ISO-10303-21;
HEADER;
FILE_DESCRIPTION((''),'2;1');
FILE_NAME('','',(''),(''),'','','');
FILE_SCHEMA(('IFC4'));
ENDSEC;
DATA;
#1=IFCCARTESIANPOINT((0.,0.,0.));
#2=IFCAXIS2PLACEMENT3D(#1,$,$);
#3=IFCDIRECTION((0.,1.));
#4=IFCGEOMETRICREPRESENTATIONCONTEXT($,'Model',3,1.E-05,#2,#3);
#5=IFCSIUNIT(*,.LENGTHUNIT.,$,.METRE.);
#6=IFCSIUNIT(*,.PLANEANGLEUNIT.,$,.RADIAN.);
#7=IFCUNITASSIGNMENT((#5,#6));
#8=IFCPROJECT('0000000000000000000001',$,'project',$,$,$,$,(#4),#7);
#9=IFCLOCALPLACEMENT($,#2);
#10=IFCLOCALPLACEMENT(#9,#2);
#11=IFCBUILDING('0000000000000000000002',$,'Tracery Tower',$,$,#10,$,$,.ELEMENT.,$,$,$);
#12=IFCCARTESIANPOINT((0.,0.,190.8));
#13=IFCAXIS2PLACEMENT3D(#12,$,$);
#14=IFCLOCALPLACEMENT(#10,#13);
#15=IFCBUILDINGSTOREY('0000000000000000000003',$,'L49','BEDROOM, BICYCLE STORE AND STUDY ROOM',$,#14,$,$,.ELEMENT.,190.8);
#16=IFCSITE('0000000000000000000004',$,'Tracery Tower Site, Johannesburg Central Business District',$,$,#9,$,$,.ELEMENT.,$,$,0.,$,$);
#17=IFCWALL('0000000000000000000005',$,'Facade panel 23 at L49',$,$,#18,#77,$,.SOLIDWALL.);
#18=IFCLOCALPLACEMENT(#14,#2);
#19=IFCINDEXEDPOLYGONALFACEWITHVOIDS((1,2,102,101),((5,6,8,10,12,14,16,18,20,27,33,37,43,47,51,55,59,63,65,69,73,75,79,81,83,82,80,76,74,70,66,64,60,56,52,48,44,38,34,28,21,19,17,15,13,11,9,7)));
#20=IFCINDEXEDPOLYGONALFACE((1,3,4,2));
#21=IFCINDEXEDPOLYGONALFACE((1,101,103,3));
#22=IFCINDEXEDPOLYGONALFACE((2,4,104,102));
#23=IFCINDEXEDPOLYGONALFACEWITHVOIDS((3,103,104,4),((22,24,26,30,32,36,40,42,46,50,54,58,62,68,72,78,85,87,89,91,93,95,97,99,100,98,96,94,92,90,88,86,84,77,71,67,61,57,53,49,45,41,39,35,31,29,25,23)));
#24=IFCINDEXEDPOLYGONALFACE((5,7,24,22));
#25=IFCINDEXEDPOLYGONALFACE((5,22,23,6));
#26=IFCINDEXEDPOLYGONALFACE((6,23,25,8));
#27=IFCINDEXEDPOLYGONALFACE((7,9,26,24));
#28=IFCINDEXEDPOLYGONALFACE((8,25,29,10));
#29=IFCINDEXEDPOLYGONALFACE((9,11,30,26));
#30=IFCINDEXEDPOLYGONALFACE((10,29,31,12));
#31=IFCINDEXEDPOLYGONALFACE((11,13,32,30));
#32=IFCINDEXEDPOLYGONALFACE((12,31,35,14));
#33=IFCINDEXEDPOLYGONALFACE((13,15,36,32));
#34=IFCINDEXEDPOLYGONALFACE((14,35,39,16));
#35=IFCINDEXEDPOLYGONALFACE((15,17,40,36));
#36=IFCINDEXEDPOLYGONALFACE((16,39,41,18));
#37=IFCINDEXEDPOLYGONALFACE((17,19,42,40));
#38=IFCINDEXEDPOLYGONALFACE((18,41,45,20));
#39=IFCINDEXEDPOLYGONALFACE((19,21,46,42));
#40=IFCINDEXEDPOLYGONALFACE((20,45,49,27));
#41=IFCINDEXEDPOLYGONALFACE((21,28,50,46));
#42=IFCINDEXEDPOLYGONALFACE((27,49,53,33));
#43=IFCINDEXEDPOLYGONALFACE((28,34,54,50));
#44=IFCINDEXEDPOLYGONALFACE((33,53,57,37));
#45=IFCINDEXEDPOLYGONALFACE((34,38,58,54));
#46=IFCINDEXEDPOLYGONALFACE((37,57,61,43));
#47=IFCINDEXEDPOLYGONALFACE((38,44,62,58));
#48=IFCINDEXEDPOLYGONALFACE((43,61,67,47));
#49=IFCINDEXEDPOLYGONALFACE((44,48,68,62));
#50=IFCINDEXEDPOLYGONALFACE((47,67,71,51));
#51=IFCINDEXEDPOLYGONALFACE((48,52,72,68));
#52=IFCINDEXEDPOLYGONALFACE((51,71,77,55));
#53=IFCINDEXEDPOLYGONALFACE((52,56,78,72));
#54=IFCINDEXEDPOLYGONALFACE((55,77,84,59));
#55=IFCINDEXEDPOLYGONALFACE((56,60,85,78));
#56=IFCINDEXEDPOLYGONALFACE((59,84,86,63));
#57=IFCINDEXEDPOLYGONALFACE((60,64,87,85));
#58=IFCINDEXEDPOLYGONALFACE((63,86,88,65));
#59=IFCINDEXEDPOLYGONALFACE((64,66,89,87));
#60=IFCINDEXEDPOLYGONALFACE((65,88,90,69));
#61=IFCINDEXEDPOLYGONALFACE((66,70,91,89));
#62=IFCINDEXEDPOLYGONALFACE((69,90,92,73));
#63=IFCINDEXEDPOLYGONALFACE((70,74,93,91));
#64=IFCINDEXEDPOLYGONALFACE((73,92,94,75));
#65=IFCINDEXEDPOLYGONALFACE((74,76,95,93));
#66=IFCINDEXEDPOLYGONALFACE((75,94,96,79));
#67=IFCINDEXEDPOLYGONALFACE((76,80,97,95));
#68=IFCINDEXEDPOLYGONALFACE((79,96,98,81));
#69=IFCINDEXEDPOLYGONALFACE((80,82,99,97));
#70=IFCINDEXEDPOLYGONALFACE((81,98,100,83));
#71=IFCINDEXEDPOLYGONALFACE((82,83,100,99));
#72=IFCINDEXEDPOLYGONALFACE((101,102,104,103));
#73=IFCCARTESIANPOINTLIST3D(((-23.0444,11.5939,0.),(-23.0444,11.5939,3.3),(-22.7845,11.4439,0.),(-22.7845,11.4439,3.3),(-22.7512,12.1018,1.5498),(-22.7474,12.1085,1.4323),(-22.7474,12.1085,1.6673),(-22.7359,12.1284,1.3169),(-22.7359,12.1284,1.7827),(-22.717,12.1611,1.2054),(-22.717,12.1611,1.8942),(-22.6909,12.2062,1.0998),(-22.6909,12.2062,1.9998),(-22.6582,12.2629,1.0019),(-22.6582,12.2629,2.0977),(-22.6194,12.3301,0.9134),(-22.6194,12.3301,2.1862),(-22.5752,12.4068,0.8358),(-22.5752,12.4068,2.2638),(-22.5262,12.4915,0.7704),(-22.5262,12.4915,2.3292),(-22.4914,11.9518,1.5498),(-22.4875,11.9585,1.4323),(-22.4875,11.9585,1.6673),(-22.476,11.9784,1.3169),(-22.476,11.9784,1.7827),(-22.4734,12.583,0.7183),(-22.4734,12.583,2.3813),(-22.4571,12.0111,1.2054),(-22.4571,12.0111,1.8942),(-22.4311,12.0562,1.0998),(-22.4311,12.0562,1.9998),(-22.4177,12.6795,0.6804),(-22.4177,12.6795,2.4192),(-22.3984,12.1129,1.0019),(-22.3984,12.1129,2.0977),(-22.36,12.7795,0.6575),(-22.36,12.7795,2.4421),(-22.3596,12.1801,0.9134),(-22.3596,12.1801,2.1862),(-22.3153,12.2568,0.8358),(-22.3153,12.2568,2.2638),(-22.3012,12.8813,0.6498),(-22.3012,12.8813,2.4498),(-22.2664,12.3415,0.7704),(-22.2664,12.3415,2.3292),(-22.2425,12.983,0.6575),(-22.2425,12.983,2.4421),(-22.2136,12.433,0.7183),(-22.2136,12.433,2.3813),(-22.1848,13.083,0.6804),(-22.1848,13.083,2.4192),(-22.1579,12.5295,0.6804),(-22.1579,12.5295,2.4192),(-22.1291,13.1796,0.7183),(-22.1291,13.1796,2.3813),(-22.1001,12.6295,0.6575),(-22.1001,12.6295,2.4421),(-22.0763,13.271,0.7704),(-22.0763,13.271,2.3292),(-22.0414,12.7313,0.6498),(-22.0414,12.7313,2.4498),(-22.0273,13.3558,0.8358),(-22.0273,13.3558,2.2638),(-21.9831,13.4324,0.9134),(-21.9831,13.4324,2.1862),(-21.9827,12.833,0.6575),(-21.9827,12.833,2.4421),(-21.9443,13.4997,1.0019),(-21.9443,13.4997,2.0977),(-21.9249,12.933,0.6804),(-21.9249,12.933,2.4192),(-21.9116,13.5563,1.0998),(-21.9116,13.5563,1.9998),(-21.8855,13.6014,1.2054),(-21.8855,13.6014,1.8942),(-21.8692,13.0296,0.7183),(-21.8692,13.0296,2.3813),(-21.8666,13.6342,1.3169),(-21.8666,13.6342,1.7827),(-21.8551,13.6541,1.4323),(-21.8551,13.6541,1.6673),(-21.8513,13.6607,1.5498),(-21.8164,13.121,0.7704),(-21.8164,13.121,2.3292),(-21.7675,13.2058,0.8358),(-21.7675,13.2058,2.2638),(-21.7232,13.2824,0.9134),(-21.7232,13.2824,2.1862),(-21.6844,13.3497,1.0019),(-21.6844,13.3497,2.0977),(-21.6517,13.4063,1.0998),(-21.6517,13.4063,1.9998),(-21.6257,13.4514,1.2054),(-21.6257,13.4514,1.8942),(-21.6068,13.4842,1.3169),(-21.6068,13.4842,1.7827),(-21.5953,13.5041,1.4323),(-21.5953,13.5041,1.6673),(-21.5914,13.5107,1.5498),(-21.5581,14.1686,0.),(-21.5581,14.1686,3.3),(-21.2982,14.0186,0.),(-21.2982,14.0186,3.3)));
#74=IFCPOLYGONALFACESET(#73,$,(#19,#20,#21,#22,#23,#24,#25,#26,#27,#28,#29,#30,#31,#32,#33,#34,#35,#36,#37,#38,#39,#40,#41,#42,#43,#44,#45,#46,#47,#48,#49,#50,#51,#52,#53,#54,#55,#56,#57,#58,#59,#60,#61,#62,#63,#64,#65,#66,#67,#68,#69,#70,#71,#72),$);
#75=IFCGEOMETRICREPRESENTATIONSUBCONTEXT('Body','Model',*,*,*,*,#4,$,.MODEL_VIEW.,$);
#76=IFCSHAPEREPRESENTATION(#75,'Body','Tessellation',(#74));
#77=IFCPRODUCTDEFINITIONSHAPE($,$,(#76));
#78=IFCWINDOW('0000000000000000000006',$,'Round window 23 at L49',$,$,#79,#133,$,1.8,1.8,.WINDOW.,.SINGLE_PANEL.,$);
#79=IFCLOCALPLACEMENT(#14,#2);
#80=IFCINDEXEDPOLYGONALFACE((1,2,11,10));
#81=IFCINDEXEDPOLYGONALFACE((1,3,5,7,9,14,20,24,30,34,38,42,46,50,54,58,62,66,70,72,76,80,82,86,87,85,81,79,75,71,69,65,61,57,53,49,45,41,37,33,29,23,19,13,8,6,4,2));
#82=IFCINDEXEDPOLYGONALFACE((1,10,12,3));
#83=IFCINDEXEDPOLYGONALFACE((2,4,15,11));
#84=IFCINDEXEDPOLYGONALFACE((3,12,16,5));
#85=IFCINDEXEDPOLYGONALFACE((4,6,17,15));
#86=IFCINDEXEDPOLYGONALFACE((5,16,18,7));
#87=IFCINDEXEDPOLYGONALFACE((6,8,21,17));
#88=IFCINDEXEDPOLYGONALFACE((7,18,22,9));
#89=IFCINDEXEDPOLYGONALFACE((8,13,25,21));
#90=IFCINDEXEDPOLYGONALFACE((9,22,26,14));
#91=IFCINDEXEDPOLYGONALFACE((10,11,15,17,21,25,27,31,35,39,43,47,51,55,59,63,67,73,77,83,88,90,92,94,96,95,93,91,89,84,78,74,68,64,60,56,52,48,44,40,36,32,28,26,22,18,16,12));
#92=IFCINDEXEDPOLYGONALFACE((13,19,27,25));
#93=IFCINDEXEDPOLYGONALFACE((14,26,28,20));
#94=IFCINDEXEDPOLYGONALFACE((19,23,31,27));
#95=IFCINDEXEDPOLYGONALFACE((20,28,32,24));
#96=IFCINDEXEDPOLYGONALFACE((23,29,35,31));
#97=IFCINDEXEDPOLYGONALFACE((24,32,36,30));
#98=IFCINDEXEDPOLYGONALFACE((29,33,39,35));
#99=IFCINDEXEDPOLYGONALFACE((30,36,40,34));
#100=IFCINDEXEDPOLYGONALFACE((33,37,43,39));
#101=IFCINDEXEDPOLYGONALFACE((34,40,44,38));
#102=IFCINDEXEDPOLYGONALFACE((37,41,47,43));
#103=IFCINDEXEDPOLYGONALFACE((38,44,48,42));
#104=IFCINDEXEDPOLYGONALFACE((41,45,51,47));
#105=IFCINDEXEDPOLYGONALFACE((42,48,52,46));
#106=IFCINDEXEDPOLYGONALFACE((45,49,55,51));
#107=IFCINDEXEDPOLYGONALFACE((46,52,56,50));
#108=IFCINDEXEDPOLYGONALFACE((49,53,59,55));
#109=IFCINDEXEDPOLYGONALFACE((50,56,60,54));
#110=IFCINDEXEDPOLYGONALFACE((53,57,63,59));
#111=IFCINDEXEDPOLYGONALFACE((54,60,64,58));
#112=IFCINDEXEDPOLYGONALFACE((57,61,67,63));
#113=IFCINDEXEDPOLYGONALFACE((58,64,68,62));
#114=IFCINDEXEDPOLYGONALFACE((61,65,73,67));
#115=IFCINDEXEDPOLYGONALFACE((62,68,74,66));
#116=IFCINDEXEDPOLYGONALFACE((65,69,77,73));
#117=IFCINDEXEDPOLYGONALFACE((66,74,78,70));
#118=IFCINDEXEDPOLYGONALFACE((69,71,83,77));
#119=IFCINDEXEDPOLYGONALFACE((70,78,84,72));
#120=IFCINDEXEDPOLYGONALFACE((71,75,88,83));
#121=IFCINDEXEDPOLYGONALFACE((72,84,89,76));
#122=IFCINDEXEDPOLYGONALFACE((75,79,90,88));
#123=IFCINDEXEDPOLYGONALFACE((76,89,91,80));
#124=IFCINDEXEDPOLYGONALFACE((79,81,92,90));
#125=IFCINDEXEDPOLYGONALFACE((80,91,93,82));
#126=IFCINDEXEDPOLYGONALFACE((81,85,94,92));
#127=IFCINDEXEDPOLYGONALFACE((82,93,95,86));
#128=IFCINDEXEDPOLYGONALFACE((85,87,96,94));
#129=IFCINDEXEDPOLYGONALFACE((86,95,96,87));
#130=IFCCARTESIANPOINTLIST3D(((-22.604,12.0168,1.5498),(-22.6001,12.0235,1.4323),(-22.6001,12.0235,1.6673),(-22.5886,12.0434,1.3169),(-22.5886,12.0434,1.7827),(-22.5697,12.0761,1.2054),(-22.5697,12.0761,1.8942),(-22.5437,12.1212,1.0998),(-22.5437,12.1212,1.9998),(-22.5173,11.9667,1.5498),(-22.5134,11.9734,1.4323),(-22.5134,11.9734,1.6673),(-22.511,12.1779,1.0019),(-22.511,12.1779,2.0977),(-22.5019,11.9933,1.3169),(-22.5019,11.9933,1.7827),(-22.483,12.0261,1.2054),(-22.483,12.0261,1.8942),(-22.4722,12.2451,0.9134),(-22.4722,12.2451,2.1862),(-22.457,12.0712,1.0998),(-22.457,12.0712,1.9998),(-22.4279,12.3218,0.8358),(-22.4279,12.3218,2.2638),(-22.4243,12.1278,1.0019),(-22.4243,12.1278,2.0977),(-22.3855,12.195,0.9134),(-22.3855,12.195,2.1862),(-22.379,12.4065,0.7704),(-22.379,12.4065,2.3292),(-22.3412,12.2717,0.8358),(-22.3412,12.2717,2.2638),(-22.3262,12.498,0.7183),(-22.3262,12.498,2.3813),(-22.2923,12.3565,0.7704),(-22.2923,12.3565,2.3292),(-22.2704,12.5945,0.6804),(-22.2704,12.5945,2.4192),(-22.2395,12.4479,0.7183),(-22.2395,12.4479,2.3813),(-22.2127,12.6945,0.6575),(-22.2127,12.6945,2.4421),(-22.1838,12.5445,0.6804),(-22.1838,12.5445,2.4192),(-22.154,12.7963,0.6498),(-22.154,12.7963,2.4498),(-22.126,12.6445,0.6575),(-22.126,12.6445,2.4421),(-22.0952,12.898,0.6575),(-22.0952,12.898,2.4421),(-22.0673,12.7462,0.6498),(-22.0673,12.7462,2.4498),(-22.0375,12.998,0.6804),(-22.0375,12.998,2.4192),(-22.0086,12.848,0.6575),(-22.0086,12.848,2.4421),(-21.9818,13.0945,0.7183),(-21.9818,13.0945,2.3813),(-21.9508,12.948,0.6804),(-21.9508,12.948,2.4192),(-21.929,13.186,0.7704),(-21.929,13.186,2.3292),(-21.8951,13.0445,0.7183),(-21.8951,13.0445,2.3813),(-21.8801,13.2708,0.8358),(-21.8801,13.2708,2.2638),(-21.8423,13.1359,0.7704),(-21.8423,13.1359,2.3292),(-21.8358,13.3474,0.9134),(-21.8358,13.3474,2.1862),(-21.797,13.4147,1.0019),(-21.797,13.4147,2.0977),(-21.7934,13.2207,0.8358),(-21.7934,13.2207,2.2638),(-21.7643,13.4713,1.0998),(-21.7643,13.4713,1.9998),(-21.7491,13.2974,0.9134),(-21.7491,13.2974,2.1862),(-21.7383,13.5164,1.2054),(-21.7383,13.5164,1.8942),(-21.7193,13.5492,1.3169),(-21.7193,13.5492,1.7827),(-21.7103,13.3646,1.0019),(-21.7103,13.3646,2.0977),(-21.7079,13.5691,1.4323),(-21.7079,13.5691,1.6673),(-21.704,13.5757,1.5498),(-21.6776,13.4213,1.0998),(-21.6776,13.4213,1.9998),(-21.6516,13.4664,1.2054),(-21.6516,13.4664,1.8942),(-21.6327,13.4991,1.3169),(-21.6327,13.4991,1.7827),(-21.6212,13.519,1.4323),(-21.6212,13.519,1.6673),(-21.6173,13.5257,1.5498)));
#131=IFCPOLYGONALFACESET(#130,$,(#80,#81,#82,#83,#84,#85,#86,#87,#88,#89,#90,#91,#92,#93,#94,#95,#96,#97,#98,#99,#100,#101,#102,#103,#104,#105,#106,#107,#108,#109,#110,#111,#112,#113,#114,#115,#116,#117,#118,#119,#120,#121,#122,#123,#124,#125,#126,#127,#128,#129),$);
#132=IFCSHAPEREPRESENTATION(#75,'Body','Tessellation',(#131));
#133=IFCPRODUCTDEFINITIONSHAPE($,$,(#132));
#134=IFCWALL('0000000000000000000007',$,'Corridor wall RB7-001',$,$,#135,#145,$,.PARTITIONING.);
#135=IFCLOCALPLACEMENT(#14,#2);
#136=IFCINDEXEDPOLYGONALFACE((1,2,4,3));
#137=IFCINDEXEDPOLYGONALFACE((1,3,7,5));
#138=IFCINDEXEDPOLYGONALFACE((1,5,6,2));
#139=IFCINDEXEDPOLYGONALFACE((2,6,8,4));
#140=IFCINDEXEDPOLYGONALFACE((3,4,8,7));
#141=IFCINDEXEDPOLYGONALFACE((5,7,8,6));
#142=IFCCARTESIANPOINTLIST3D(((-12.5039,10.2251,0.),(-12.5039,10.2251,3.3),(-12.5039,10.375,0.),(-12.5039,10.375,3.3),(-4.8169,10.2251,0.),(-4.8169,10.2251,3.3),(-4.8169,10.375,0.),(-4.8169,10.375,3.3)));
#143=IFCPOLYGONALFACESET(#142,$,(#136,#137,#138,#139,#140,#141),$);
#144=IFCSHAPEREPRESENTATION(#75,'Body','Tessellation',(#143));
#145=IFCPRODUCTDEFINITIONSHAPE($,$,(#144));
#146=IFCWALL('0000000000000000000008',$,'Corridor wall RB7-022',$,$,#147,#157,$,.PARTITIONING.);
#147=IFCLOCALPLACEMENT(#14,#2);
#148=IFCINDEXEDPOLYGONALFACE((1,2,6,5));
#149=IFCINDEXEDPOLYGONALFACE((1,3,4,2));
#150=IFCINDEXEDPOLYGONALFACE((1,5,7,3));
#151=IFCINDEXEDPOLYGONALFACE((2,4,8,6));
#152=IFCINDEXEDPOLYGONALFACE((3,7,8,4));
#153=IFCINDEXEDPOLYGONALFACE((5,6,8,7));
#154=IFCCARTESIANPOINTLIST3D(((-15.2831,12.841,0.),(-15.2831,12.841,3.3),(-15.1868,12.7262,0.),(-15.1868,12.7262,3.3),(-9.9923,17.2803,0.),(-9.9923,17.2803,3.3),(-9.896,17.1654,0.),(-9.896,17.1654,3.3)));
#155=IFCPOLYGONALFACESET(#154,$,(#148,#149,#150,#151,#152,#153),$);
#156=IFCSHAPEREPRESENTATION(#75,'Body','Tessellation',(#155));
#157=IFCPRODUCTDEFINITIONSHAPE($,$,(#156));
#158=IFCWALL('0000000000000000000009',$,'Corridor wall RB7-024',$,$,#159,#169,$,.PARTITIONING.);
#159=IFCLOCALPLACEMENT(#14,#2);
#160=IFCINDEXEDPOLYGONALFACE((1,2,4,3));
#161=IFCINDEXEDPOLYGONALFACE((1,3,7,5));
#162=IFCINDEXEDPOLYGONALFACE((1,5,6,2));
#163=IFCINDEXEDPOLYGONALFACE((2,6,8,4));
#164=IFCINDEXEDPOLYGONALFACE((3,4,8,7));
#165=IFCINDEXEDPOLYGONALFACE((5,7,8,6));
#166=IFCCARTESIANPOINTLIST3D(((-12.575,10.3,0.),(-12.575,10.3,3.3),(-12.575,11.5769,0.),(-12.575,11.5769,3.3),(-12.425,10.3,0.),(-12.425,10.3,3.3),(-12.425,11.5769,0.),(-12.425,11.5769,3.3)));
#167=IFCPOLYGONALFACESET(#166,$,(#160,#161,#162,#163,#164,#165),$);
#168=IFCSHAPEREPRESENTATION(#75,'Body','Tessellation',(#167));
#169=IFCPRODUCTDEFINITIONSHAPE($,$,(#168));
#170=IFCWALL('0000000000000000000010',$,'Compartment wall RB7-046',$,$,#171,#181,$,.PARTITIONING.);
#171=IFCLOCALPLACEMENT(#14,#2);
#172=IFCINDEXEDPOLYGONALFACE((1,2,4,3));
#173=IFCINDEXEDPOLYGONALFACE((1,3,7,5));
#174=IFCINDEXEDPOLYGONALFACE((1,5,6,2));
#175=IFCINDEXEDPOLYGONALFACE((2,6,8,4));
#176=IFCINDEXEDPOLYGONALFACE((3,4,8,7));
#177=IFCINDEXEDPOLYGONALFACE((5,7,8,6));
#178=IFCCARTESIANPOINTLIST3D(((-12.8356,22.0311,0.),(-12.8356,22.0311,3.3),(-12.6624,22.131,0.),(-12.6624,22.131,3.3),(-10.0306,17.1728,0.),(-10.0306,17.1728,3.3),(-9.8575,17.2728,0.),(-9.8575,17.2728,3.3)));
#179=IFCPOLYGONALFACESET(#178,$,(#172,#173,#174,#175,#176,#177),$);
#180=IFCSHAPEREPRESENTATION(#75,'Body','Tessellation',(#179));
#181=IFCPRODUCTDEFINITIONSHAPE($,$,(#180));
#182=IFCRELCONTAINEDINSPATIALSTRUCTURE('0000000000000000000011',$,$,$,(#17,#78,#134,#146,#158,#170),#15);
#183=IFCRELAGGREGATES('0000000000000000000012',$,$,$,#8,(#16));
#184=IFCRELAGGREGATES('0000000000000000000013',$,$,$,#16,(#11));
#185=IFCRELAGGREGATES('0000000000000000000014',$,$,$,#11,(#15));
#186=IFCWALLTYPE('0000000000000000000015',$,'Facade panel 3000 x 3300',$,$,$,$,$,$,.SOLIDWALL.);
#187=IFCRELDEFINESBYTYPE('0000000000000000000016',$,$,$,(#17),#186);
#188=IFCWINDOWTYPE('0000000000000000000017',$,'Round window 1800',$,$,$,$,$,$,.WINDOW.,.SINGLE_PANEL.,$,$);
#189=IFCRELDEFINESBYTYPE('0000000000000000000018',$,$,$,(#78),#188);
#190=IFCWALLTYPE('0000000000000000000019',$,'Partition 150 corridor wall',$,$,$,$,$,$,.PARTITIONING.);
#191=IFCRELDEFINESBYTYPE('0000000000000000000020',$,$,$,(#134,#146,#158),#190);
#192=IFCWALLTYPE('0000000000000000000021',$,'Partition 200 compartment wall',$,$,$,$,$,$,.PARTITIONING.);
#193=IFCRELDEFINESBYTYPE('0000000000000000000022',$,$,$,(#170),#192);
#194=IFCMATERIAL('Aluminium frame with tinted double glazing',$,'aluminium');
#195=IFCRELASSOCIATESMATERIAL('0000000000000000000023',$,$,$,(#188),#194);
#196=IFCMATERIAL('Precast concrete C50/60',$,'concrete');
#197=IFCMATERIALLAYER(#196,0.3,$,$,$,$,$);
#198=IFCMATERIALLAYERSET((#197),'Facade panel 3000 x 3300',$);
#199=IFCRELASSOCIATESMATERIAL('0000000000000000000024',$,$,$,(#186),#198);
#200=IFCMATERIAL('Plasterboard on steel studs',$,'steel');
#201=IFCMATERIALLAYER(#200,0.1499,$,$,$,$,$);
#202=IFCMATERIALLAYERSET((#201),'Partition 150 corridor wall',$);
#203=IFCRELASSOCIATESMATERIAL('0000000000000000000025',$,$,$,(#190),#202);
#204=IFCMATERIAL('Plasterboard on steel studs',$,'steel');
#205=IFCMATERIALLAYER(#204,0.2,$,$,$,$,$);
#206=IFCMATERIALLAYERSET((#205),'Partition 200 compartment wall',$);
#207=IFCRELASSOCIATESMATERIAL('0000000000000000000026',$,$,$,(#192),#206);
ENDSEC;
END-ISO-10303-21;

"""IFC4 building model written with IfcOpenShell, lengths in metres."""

from ifc_helpers import new_model, si_unit, direction, frame, frame_2d, origin, origin_2d, place, context, subcontext, project, spatial, rectangle, circle, extrude, material, layer, layer_set, type_object, element, fill, save


model = new_model("IFC4")

# Units and contexts
model_context = context("Model", 3, precision=1e-05, world=origin(), true_north=direction((0.0, 1.0)))
body_context = subcontext(model_context, "Body", "Model", "MODEL_VIEW")
ifc_project = project(units=[si_unit("LENGTHUNIT", "METRE"), si_unit("PLANEANGLEUNIT", "RADIAN")], contexts=[model_context])

# Site, building, storey
site_placement = place(None, origin())
site = spatial("IfcSite", under=ifc_project, at=site_placement, Name="Tracery Tower Site, Johannesburg Central Business District", CompositionType="ELEMENT", RefElevation=0.0)
building_placement = place(site_placement, origin())
building = spatial("IfcBuilding", under=site, at=building_placement, Name="Tracery Tower", CompositionType="ELEMENT")
storey_placement = place(building_placement, frame((0.0, 0.0, 190.8)))
storey = spatial("IfcBuildingStorey", under=building, at=storey_placement, Name="L49", Description="BEDROOM, BICYCLE STORE AND STUDY ROOM", CompositionType="ELEMENT", Elevation=190.8)

# Wall, opening, window
ifc_material_1 = material(Name="Aluminium frame with tinted double glazing", Category="aluminium")
window_type = type_object("IfcWindowType", Name="Round window 1800", PartitioningType="SINGLE_PANEL", PredefinedType="WINDOW", material=ifc_material_1)
ifc_material_2 = material(Name="Precast concrete C50/60", Category="concrete")
ifc_layer_1 = layer(ifc_material_2, 0.3)
ifc_layer_set_1 = layer_set([ifc_layer_1], Name="Facade panel 3000 x 3300")
wall_type_1 = type_object("IfcWallType", Name="Facade panel 3000 x 3300", PredefinedType="SOLIDWALL", material=ifc_layer_set_1)
wall_1_placement = place(storey_placement, frame((-21.4282, 14.0935, 0.0), z_axis=(0.0, 0.0, 1.0), x_axis=(-0.499955, -0.866052, 0.0)))
wall_1 = element("IfcWall", 1, at=wall_1_placement, inside=storey, type_object=wall_type_1, Name="Facade panel 23 at L49", PredefinedType="SOLIDWALL", context=body_context, shape_type="SweptSolid", body=[
    extrude(rectangle(XDim=2.9729, YDim=0.3, at=frame_2d((1.4863, 0.0))), origin(), (0.0, 0.0, 1.0), 3.3),
])
opening_1_placement = place(wall_1_placement, frame((1.4863, 0.0, 1.5498)))
opening_1 = element("IfcOpeningElement", 2, at=opening_1_placement, cuts=wall_1, PredefinedType="OPENING", context=body_context, shape_type="SweptSolid", body=[
    extrude(circle(Radius=0.9, at=origin_2d()), frame((0.0, 0.1599, 0.0), z_axis=(0.0, -1.0, 0.0), x_axis=(1.0, 0.0, 0.0)), (0.0, 0.0, 1.0), 0.3201),
])
window_1_placement = place(opening_1_placement, origin())
window_1 = element("IfcWindow", 3, at=window_1_placement, inside=storey, type_object=window_type, Name="Round window 23 at L49", OverallHeight=1.8, OverallWidth=1.8, PartitioningType="SINGLE_PANEL", PredefinedType="WINDOW", context=body_context, shape_type="SweptSolid", body=[
    extrude(circle(Radius=0.9, at=origin_2d()), frame((0.0, 0.1201, 0.0), z_axis=(0.0, -1.0, 0.0), x_axis=(1.0, 0.0, 0.0)), (0.0, 0.0, 1.0), 0.1001),
])
fill(opening_1, window_1)

# Walls
ifc_material_3 = material(Name="Plasterboard on steel studs", Category="steel")
ifc_layer_2 = layer(ifc_material_3, 0.1499)
ifc_layer_set_2 = layer_set([ifc_layer_2], Name="Partition 150 corridor wall")
wall_type_2 = type_object("IfcWallType", Name="Partition 150 corridor wall", PredefinedType="PARTITIONING", material=ifc_layer_set_2)
wall_2_placement = place(storey_placement, frame((-12.5039, 10.3, 0.0), z_axis=(0.0, 0.0, 1.0), x_axis=(1.0, 0.0, 0.0)))
element("IfcWall", 4, at=wall_2_placement, inside=storey, type_object=wall_type_2, Name="Corridor wall RB7-001", PredefinedType="PARTITIONING", context=body_context, shape_type="SweptSolid", body=[
    extrude(rectangle(XDim=7.687, YDim=0.1499, at=frame_2d((3.8435, 0.0))), origin(), (0.0, 0.0, 1.0), 3.3),
])
wall_3_placement = place(storey_placement, frame((-15.2349, 12.7837, 0.0), z_axis=(0.0, 0.0, 1.0), x_axis=(0.766064, 0.642764, 0.0)))
element("IfcWall", 5, at=wall_3_placement, inside=storey, type_object=wall_type_2, Name="Corridor wall RB7-022", PredefinedType="PARTITIONING", context=body_context, shape_type="SweptSolid", body=[
    extrude(rectangle(XDim=6.9065, YDim=0.1499, at=frame_2d((3.4531, 0.0))), origin(), (0.0, 0.0, 1.0), 3.3),
])
wall_4_placement = place(storey_placement, frame((-12.5, 10.3, 0.0), z_axis=(0.0, 0.0, 1.0), x_axis=(0.0, 1.0, 0.0)))
element("IfcWall", 6, at=wall_4_placement, inside=storey, type_object=wall_type_2, Name="Corridor wall RB7-024", PredefinedType="PARTITIONING", context=body_context, shape_type="SweptSolid", body=[
    extrude(rectangle(XDim=1.2769, YDim=0.1499, at=frame_2d((0.6384, 0.0))), origin(), (0.0, 0.0, 1.0), 3.3),
])
ifc_material_4 = material(Name="Plasterboard on steel studs", Category="steel")
ifc_layer_3 = layer(ifc_material_4, 0.2)
ifc_layer_set_3 = layer_set([ifc_layer_3], Name="Partition 200 compartment wall")
wall_type_3 = type_object("IfcWallType", Name="Partition 200 compartment wall", PredefinedType="PARTITIONING", material=ifc_layer_set_3)
wall_5_placement = place(storey_placement, frame((-12.749, 22.0811, 0.0), z_axis=(0.0, 0.0, 1.0), x_axis=(0.50001, -0.86602, 0.0)))
element("IfcWall", 7, at=wall_5_placement, inside=storey, type_object=wall_type_3, Name="Compartment wall RB7-046", PredefinedType="PARTITIONING", context=body_context, shape_type="SweptSolid", body=[
    extrude(rectangle(XDim=5.6099, YDim=0.2, at=frame_2d((2.8049, 0.0))), origin(), (0.0, 0.0, 1.0), 3.3),
])

save(model, "model.ifc")
